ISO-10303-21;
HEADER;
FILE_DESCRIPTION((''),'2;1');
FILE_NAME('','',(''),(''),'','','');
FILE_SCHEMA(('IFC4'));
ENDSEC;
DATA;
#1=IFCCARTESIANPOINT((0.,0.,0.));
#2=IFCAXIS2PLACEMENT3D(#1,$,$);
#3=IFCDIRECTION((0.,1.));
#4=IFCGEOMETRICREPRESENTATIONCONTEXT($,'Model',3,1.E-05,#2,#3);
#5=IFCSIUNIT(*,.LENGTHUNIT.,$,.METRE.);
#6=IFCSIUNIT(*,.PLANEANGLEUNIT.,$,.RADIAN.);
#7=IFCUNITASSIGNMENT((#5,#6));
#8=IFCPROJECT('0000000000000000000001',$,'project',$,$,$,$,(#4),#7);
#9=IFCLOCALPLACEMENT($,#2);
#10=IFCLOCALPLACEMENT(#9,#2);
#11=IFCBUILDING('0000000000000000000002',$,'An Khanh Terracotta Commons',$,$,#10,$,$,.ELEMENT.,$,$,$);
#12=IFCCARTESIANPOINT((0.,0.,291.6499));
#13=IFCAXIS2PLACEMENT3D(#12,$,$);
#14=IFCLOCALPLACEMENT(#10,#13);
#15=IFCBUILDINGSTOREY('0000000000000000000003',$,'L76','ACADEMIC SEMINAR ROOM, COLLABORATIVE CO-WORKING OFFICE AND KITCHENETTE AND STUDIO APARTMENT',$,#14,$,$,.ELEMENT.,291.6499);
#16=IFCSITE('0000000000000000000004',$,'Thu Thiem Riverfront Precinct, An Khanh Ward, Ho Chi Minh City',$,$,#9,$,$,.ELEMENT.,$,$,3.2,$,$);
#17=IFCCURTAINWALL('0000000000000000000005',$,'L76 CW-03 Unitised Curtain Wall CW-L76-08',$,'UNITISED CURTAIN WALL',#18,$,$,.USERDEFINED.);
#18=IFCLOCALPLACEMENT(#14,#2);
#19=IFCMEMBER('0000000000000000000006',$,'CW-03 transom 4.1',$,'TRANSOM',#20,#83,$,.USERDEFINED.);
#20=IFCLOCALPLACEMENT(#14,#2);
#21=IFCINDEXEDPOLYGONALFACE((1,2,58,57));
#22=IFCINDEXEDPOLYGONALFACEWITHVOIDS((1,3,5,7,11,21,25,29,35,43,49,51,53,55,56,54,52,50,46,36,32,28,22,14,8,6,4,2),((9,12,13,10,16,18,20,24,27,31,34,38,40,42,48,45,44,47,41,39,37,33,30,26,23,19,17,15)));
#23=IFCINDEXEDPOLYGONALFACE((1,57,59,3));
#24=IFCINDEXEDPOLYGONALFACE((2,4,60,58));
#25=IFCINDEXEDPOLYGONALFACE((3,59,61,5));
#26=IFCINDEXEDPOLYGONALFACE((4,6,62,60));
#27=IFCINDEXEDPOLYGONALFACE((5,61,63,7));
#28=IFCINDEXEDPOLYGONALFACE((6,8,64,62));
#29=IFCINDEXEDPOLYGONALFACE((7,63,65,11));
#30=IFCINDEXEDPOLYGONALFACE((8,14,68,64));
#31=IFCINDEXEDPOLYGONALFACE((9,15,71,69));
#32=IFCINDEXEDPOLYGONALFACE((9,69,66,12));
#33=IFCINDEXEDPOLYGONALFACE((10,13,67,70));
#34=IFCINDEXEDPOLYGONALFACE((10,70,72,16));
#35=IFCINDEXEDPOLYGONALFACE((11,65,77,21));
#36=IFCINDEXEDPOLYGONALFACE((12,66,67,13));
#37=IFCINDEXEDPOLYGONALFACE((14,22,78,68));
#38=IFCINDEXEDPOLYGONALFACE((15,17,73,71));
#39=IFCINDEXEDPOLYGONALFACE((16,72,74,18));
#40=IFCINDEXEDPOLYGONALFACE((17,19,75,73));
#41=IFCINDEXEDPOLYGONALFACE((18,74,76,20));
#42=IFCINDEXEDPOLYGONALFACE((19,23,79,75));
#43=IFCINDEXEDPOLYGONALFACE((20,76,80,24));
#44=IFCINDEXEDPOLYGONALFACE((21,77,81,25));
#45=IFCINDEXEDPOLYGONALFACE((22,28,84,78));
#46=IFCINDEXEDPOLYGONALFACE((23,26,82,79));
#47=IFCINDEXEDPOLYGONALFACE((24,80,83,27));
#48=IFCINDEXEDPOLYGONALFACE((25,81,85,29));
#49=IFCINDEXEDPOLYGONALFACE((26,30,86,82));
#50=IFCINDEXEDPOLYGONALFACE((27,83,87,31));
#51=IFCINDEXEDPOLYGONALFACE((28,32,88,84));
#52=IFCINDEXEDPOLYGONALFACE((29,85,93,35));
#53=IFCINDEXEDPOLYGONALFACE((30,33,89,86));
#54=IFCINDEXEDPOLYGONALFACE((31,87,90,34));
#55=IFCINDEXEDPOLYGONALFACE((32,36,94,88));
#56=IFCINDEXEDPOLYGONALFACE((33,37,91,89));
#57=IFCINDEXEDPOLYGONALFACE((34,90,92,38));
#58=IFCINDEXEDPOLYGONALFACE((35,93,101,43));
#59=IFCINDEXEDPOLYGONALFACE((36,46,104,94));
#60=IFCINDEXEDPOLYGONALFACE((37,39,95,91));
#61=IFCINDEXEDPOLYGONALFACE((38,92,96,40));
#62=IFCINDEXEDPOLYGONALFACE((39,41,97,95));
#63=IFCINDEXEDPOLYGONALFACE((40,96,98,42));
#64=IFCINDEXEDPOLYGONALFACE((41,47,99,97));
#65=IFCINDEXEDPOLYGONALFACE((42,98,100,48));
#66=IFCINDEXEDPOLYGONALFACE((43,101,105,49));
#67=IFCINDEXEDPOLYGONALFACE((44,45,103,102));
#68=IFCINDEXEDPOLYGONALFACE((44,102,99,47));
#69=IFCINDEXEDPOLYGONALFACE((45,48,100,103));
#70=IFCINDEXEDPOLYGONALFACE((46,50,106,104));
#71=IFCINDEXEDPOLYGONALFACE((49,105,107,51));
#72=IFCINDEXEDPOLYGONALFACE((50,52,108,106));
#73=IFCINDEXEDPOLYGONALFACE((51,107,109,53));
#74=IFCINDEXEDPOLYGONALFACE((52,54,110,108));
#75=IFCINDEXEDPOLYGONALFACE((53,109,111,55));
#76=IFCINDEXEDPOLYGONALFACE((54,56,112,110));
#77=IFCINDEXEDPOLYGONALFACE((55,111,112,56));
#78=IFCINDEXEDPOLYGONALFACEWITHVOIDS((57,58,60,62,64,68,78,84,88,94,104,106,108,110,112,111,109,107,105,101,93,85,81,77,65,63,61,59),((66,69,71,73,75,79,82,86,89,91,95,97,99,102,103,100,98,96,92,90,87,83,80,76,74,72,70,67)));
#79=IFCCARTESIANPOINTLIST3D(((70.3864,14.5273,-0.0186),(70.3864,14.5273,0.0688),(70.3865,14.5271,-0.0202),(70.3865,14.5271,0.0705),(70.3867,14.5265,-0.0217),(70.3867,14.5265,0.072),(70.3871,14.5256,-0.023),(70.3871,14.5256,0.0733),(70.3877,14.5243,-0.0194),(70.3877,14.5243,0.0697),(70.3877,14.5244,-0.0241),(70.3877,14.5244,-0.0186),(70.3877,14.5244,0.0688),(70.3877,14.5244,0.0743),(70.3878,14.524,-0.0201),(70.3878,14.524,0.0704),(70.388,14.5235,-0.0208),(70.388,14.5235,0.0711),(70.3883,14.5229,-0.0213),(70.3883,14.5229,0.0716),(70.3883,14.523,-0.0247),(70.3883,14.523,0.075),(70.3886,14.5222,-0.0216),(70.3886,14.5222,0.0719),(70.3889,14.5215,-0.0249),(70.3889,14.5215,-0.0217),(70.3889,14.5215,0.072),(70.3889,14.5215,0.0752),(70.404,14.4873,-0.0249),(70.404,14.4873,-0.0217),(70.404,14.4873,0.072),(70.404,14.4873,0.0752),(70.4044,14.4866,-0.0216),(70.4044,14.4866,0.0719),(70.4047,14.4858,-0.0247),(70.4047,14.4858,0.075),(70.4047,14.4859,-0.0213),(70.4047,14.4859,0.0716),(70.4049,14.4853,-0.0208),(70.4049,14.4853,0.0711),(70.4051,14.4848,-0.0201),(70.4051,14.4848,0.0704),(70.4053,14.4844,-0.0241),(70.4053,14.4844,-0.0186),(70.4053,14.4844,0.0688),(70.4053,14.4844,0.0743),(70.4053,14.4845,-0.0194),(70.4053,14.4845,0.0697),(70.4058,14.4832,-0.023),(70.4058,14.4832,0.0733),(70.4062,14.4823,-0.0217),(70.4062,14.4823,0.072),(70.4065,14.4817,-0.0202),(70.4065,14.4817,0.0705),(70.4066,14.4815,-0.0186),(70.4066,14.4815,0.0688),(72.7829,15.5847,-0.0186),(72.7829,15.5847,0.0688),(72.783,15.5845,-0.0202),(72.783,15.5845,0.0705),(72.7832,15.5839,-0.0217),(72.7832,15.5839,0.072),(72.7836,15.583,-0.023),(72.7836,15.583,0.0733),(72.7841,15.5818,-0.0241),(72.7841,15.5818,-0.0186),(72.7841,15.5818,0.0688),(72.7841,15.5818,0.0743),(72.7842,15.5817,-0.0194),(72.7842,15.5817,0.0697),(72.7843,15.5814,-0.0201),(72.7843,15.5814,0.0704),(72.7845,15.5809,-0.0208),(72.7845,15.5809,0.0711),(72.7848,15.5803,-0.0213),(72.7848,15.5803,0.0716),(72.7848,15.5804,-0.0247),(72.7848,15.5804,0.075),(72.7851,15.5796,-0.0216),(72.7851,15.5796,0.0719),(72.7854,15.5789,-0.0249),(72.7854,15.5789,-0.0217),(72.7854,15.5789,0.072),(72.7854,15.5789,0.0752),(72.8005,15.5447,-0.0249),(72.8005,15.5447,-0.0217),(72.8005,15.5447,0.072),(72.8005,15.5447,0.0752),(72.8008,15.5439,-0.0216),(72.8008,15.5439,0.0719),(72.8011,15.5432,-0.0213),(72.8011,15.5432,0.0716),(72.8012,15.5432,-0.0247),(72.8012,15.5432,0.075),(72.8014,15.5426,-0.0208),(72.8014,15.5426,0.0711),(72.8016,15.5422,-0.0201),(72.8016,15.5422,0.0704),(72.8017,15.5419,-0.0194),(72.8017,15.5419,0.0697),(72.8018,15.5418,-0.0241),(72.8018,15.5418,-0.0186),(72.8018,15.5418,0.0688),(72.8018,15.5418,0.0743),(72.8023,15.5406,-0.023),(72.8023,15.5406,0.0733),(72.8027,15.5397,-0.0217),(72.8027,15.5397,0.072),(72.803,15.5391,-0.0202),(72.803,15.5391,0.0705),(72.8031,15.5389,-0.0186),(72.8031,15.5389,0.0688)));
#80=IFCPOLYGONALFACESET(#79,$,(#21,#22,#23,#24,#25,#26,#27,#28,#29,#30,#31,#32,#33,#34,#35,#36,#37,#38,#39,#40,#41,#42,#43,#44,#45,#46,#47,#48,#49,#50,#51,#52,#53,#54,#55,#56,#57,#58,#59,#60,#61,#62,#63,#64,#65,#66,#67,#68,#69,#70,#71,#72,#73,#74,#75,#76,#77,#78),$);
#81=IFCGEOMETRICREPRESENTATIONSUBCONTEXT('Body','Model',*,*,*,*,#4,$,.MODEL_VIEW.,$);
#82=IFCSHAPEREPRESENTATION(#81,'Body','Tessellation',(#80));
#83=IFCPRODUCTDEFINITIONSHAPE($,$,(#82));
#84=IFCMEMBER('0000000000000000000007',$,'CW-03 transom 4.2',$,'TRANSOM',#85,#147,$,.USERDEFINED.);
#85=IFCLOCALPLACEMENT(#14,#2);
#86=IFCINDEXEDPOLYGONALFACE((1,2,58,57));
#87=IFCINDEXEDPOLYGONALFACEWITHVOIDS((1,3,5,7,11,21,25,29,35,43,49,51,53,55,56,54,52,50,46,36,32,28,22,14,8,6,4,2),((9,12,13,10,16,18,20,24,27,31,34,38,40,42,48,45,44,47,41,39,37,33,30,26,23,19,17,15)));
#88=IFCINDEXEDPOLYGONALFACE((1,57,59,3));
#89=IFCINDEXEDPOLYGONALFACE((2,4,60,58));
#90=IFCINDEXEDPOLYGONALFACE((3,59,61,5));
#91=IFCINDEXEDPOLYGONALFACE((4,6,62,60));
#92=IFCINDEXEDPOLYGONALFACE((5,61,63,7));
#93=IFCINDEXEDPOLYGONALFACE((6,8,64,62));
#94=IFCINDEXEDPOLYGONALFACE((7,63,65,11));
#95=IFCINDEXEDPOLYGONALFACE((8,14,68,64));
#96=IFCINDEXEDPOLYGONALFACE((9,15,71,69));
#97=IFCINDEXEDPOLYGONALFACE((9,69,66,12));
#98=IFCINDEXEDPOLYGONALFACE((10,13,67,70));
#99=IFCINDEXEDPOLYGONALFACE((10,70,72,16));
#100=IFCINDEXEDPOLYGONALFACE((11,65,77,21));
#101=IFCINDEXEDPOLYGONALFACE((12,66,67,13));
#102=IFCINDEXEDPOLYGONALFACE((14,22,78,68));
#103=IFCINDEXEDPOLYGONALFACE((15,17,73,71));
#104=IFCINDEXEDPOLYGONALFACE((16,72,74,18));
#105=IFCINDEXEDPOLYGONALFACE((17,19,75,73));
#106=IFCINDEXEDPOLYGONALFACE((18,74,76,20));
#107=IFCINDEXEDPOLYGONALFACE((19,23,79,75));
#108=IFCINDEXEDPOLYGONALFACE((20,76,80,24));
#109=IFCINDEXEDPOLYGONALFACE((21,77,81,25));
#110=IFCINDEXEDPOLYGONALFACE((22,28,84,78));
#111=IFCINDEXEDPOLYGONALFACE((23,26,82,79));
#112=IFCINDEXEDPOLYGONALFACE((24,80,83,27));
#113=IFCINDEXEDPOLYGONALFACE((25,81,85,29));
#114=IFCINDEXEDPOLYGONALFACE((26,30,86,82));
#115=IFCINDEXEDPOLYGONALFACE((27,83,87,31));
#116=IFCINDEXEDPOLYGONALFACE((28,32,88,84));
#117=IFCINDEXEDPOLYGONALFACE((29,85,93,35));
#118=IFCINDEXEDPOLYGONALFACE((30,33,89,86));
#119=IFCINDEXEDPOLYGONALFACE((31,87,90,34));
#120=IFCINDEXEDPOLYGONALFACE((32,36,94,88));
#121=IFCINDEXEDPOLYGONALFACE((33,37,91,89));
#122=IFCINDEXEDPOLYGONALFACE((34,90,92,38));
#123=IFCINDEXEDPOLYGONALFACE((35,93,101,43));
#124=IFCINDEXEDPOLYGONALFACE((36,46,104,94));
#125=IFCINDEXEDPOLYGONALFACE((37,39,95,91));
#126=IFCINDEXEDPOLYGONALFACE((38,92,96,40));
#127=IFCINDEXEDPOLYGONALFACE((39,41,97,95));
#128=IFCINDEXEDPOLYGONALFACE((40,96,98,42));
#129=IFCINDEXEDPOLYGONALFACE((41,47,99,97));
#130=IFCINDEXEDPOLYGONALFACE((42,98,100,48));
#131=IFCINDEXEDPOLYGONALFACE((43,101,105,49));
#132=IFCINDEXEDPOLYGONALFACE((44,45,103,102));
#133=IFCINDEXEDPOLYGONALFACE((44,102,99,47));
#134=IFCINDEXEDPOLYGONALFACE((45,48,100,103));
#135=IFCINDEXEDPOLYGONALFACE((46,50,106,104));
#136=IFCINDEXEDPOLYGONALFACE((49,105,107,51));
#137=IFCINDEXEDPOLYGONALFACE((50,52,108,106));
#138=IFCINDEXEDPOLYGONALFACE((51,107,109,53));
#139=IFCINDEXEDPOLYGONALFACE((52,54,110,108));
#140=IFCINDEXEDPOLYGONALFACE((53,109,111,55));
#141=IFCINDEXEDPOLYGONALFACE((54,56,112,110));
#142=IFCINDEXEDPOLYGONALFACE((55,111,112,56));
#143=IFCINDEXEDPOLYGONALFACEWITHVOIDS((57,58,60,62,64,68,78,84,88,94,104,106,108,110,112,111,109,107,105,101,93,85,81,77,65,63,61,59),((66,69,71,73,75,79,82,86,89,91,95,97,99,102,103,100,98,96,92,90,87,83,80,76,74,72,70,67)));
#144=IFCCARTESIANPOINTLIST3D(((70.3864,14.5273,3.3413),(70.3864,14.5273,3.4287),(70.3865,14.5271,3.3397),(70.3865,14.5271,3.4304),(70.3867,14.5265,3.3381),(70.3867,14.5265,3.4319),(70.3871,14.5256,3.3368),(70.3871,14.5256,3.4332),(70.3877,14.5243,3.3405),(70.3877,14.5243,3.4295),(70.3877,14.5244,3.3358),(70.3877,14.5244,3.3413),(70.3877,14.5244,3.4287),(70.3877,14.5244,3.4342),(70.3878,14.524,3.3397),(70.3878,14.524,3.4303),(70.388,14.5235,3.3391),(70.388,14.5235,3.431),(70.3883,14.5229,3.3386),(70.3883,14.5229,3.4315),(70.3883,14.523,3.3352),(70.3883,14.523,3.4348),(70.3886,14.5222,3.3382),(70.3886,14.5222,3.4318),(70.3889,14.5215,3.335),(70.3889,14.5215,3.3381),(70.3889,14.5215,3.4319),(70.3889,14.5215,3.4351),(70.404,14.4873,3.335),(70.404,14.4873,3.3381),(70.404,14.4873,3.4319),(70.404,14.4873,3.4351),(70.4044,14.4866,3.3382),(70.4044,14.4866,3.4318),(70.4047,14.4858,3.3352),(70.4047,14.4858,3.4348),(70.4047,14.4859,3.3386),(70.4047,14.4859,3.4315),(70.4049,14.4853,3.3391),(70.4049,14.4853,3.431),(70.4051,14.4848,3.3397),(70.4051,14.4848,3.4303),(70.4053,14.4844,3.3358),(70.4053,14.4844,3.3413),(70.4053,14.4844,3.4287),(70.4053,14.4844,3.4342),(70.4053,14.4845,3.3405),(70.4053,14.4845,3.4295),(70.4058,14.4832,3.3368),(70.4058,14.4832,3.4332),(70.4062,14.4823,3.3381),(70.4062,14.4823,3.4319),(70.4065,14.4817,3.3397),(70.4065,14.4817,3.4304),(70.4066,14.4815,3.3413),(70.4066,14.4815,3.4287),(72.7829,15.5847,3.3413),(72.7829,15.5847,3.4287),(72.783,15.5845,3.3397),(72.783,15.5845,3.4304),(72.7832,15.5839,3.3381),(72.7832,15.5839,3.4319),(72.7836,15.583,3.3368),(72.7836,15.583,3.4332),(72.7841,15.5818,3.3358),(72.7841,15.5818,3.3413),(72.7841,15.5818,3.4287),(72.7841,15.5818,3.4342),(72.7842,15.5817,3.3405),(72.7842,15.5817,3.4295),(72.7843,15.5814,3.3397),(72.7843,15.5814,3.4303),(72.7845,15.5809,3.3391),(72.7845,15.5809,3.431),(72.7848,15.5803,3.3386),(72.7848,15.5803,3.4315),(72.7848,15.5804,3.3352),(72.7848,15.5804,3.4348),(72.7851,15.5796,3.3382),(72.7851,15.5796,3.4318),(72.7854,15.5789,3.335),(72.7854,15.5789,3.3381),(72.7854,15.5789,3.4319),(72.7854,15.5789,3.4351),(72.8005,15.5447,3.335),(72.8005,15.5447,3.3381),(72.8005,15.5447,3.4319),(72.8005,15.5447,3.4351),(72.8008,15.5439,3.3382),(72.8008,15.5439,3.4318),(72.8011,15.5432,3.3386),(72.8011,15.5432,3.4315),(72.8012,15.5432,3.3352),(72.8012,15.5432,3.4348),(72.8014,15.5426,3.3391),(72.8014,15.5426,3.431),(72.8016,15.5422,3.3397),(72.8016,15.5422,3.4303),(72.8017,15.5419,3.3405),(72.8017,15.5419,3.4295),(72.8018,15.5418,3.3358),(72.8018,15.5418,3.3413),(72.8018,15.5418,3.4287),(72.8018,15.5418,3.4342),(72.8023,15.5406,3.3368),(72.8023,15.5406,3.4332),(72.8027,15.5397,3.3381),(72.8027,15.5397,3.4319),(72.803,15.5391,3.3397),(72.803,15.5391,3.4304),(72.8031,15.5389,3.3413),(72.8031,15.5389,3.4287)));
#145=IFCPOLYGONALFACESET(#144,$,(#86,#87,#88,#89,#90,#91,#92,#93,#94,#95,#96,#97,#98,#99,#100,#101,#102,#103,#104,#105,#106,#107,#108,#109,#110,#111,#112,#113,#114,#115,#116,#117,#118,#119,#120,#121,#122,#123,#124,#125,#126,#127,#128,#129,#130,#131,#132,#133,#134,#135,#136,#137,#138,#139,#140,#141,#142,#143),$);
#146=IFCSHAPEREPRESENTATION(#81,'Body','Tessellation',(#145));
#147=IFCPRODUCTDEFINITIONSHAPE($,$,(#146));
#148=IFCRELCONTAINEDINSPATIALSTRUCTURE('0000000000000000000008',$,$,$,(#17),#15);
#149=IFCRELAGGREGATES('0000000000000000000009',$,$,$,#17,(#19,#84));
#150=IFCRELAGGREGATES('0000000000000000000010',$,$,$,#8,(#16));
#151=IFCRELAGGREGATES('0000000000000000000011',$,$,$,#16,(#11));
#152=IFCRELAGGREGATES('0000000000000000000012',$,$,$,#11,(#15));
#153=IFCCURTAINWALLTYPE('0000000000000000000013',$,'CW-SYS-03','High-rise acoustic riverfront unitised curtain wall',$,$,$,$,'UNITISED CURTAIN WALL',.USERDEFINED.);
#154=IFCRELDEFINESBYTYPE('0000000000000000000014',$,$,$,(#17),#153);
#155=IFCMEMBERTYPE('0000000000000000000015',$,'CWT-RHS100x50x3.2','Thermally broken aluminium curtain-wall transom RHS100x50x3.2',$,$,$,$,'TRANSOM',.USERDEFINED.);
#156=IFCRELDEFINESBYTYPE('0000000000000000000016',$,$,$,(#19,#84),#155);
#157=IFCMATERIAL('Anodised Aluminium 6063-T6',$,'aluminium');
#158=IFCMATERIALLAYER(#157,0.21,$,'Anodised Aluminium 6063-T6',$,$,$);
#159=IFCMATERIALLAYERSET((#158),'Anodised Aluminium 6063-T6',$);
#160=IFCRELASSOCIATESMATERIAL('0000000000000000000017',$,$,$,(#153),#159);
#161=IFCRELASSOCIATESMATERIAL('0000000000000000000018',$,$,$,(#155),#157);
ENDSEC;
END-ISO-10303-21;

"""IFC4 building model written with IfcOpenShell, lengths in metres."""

from ifc_helpers import new_model, si_unit, direction, frame, origin, origin_2d, place, context, subcontext, project, spatial, hollow_rectangle, extrude, material, layer, layer_set, material_profile, profile_set, type_object, element, aggregate, save


model = new_model("IFC4")

# Units and contexts
model_context = context("Model", 3, precision=1e-05, world=origin(), true_north=direction((0.0, 1.0)))
body_context = subcontext(model_context, "Body", "Model", "MODEL_VIEW")
ifc_project = project(units=[si_unit("LENGTHUNIT", "METRE"), si_unit("PLANEANGLEUNIT", "RADIAN")], contexts=[model_context])

# Site, building, storey
site_placement = place(None, origin())
site = spatial("IfcSite", under=ifc_project, at=site_placement, Name="Thu Thiem Riverfront Precinct, An Khanh Ward, Ho Chi Minh City", CompositionType="ELEMENT", RefElevation=3.2)
building_placement = place(site_placement, origin())
building = spatial("IfcBuilding", under=site, at=building_placement, Name="An Khanh Terracotta Commons", CompositionType="ELEMENT")
storey_placement = place(building_placement, frame((0.0, 0.0, 291.6499)))
storey = spatial("IfcBuildingStorey", under=building, at=storey_placement, Name="L76", Description="ACADEMIC SEMINAR ROOM, COLLABORATIVE CO-WORKING OFFICE AND KITCHENETTE AND STUDIO APARTMENT", CompositionType="ELEMENT", Elevation=291.6499)

# Curtain wall
ifc_material_1 = material(Name="Anodised Aluminium 6063-T6", Category="aluminium")
ifc_layer_1 = layer(ifc_material_1, 0.21, Name="Anodised Aluminium 6063-T6")
ifc_layer_set_1 = layer_set([ifc_layer_1], Name="Anodised Aluminium 6063-T6")
curtain_wall_type = type_object("IfcCurtainWallType", Name="CW-SYS-03", Description="High-rise acoustic riverfront unitised curtain wall", ElementType="UNITISED CURTAIN WALL", PredefinedType="USERDEFINED", material=ifc_layer_set_1)
curtain_wall_1_placement = place(storey_placement, origin())
curtain_wall_1 = element("IfcCurtainWall", 1, at=curtain_wall_1_placement, inside=storey, type_object=curtain_wall_type, Name="L76 CW-03 Unitised Curtain Wall CW-L76-08", ObjectType="UNITISED CURTAIN WALL", PredefinedType="USERDEFINED")

# Members
ifc_material_profile_1 = material_profile(ifc_material_1, hollow_rectangle(XDim=0.05, YDim=0.1001, WallThickness=0.0032, InnerFilletRadius=0.0032, OuterFilletRadius=0.0063, at=origin_2d()), Name="RHS100x50x3.2")
ifc_profile_set_1 = profile_set([ifc_material_profile_1], Name="Anodised Aluminium 6063-T6")
member_type_1 = type_object("IfcMemberType", Name="CWT-RHS100x50x3.2", Description="Thermally broken aluminium curtain-wall transom RHS100x50x3.2", ElementType="TRANSOM", PredefinedType="USERDEFINED", material=ifc_profile_set_1)
member_1_placement = place(storey_placement, frame((70.3965, 14.5044, 0.0251), z_axis=(0.914904, 0.403672, 0.0), x_axis=(-0.403672, 0.914904, 0.0)))
member_1 = element("IfcMember", 2, at=member_1_placement, type_object=member_type_1, Name="CW-03 transom 4.1", ObjectType="TRANSOM", PredefinedType="USERDEFINED", context=body_context, shape_type="SweptSolid", body=[
    extrude(hollow_rectangle(XDim=0.05, YDim=0.1001, WallThickness=0.0032, InnerFilletRadius=0.0032, OuterFilletRadius=0.0063, at=origin_2d()), origin(), (0.0, 0.0, 1.0), 2.6194),
])
member_2_placement = place(storey_placement, frame((70.3965, 14.5044, 3.385), z_axis=(0.914904, 0.403672, 0.0), x_axis=(-0.403672, 0.914904, 0.0)))
member_2 = element("IfcMember", 3, at=member_2_placement, type_object=member_type_1, Name="CW-03 transom 4.2", ObjectType="TRANSOM", PredefinedType="USERDEFINED", context=body_context, shape_type="SweptSolid", body=[
    extrude(hollow_rectangle(XDim=0.05, YDim=0.1001, WallThickness=0.0032, InnerFilletRadius=0.0032, OuterFilletRadius=0.0063, at=origin_2d()), origin(), (0.0, 0.0, 1.0), 2.6194),
])

aggregate(curtain_wall_1, [member_1, member_2])

save(model, "model.ifc")
